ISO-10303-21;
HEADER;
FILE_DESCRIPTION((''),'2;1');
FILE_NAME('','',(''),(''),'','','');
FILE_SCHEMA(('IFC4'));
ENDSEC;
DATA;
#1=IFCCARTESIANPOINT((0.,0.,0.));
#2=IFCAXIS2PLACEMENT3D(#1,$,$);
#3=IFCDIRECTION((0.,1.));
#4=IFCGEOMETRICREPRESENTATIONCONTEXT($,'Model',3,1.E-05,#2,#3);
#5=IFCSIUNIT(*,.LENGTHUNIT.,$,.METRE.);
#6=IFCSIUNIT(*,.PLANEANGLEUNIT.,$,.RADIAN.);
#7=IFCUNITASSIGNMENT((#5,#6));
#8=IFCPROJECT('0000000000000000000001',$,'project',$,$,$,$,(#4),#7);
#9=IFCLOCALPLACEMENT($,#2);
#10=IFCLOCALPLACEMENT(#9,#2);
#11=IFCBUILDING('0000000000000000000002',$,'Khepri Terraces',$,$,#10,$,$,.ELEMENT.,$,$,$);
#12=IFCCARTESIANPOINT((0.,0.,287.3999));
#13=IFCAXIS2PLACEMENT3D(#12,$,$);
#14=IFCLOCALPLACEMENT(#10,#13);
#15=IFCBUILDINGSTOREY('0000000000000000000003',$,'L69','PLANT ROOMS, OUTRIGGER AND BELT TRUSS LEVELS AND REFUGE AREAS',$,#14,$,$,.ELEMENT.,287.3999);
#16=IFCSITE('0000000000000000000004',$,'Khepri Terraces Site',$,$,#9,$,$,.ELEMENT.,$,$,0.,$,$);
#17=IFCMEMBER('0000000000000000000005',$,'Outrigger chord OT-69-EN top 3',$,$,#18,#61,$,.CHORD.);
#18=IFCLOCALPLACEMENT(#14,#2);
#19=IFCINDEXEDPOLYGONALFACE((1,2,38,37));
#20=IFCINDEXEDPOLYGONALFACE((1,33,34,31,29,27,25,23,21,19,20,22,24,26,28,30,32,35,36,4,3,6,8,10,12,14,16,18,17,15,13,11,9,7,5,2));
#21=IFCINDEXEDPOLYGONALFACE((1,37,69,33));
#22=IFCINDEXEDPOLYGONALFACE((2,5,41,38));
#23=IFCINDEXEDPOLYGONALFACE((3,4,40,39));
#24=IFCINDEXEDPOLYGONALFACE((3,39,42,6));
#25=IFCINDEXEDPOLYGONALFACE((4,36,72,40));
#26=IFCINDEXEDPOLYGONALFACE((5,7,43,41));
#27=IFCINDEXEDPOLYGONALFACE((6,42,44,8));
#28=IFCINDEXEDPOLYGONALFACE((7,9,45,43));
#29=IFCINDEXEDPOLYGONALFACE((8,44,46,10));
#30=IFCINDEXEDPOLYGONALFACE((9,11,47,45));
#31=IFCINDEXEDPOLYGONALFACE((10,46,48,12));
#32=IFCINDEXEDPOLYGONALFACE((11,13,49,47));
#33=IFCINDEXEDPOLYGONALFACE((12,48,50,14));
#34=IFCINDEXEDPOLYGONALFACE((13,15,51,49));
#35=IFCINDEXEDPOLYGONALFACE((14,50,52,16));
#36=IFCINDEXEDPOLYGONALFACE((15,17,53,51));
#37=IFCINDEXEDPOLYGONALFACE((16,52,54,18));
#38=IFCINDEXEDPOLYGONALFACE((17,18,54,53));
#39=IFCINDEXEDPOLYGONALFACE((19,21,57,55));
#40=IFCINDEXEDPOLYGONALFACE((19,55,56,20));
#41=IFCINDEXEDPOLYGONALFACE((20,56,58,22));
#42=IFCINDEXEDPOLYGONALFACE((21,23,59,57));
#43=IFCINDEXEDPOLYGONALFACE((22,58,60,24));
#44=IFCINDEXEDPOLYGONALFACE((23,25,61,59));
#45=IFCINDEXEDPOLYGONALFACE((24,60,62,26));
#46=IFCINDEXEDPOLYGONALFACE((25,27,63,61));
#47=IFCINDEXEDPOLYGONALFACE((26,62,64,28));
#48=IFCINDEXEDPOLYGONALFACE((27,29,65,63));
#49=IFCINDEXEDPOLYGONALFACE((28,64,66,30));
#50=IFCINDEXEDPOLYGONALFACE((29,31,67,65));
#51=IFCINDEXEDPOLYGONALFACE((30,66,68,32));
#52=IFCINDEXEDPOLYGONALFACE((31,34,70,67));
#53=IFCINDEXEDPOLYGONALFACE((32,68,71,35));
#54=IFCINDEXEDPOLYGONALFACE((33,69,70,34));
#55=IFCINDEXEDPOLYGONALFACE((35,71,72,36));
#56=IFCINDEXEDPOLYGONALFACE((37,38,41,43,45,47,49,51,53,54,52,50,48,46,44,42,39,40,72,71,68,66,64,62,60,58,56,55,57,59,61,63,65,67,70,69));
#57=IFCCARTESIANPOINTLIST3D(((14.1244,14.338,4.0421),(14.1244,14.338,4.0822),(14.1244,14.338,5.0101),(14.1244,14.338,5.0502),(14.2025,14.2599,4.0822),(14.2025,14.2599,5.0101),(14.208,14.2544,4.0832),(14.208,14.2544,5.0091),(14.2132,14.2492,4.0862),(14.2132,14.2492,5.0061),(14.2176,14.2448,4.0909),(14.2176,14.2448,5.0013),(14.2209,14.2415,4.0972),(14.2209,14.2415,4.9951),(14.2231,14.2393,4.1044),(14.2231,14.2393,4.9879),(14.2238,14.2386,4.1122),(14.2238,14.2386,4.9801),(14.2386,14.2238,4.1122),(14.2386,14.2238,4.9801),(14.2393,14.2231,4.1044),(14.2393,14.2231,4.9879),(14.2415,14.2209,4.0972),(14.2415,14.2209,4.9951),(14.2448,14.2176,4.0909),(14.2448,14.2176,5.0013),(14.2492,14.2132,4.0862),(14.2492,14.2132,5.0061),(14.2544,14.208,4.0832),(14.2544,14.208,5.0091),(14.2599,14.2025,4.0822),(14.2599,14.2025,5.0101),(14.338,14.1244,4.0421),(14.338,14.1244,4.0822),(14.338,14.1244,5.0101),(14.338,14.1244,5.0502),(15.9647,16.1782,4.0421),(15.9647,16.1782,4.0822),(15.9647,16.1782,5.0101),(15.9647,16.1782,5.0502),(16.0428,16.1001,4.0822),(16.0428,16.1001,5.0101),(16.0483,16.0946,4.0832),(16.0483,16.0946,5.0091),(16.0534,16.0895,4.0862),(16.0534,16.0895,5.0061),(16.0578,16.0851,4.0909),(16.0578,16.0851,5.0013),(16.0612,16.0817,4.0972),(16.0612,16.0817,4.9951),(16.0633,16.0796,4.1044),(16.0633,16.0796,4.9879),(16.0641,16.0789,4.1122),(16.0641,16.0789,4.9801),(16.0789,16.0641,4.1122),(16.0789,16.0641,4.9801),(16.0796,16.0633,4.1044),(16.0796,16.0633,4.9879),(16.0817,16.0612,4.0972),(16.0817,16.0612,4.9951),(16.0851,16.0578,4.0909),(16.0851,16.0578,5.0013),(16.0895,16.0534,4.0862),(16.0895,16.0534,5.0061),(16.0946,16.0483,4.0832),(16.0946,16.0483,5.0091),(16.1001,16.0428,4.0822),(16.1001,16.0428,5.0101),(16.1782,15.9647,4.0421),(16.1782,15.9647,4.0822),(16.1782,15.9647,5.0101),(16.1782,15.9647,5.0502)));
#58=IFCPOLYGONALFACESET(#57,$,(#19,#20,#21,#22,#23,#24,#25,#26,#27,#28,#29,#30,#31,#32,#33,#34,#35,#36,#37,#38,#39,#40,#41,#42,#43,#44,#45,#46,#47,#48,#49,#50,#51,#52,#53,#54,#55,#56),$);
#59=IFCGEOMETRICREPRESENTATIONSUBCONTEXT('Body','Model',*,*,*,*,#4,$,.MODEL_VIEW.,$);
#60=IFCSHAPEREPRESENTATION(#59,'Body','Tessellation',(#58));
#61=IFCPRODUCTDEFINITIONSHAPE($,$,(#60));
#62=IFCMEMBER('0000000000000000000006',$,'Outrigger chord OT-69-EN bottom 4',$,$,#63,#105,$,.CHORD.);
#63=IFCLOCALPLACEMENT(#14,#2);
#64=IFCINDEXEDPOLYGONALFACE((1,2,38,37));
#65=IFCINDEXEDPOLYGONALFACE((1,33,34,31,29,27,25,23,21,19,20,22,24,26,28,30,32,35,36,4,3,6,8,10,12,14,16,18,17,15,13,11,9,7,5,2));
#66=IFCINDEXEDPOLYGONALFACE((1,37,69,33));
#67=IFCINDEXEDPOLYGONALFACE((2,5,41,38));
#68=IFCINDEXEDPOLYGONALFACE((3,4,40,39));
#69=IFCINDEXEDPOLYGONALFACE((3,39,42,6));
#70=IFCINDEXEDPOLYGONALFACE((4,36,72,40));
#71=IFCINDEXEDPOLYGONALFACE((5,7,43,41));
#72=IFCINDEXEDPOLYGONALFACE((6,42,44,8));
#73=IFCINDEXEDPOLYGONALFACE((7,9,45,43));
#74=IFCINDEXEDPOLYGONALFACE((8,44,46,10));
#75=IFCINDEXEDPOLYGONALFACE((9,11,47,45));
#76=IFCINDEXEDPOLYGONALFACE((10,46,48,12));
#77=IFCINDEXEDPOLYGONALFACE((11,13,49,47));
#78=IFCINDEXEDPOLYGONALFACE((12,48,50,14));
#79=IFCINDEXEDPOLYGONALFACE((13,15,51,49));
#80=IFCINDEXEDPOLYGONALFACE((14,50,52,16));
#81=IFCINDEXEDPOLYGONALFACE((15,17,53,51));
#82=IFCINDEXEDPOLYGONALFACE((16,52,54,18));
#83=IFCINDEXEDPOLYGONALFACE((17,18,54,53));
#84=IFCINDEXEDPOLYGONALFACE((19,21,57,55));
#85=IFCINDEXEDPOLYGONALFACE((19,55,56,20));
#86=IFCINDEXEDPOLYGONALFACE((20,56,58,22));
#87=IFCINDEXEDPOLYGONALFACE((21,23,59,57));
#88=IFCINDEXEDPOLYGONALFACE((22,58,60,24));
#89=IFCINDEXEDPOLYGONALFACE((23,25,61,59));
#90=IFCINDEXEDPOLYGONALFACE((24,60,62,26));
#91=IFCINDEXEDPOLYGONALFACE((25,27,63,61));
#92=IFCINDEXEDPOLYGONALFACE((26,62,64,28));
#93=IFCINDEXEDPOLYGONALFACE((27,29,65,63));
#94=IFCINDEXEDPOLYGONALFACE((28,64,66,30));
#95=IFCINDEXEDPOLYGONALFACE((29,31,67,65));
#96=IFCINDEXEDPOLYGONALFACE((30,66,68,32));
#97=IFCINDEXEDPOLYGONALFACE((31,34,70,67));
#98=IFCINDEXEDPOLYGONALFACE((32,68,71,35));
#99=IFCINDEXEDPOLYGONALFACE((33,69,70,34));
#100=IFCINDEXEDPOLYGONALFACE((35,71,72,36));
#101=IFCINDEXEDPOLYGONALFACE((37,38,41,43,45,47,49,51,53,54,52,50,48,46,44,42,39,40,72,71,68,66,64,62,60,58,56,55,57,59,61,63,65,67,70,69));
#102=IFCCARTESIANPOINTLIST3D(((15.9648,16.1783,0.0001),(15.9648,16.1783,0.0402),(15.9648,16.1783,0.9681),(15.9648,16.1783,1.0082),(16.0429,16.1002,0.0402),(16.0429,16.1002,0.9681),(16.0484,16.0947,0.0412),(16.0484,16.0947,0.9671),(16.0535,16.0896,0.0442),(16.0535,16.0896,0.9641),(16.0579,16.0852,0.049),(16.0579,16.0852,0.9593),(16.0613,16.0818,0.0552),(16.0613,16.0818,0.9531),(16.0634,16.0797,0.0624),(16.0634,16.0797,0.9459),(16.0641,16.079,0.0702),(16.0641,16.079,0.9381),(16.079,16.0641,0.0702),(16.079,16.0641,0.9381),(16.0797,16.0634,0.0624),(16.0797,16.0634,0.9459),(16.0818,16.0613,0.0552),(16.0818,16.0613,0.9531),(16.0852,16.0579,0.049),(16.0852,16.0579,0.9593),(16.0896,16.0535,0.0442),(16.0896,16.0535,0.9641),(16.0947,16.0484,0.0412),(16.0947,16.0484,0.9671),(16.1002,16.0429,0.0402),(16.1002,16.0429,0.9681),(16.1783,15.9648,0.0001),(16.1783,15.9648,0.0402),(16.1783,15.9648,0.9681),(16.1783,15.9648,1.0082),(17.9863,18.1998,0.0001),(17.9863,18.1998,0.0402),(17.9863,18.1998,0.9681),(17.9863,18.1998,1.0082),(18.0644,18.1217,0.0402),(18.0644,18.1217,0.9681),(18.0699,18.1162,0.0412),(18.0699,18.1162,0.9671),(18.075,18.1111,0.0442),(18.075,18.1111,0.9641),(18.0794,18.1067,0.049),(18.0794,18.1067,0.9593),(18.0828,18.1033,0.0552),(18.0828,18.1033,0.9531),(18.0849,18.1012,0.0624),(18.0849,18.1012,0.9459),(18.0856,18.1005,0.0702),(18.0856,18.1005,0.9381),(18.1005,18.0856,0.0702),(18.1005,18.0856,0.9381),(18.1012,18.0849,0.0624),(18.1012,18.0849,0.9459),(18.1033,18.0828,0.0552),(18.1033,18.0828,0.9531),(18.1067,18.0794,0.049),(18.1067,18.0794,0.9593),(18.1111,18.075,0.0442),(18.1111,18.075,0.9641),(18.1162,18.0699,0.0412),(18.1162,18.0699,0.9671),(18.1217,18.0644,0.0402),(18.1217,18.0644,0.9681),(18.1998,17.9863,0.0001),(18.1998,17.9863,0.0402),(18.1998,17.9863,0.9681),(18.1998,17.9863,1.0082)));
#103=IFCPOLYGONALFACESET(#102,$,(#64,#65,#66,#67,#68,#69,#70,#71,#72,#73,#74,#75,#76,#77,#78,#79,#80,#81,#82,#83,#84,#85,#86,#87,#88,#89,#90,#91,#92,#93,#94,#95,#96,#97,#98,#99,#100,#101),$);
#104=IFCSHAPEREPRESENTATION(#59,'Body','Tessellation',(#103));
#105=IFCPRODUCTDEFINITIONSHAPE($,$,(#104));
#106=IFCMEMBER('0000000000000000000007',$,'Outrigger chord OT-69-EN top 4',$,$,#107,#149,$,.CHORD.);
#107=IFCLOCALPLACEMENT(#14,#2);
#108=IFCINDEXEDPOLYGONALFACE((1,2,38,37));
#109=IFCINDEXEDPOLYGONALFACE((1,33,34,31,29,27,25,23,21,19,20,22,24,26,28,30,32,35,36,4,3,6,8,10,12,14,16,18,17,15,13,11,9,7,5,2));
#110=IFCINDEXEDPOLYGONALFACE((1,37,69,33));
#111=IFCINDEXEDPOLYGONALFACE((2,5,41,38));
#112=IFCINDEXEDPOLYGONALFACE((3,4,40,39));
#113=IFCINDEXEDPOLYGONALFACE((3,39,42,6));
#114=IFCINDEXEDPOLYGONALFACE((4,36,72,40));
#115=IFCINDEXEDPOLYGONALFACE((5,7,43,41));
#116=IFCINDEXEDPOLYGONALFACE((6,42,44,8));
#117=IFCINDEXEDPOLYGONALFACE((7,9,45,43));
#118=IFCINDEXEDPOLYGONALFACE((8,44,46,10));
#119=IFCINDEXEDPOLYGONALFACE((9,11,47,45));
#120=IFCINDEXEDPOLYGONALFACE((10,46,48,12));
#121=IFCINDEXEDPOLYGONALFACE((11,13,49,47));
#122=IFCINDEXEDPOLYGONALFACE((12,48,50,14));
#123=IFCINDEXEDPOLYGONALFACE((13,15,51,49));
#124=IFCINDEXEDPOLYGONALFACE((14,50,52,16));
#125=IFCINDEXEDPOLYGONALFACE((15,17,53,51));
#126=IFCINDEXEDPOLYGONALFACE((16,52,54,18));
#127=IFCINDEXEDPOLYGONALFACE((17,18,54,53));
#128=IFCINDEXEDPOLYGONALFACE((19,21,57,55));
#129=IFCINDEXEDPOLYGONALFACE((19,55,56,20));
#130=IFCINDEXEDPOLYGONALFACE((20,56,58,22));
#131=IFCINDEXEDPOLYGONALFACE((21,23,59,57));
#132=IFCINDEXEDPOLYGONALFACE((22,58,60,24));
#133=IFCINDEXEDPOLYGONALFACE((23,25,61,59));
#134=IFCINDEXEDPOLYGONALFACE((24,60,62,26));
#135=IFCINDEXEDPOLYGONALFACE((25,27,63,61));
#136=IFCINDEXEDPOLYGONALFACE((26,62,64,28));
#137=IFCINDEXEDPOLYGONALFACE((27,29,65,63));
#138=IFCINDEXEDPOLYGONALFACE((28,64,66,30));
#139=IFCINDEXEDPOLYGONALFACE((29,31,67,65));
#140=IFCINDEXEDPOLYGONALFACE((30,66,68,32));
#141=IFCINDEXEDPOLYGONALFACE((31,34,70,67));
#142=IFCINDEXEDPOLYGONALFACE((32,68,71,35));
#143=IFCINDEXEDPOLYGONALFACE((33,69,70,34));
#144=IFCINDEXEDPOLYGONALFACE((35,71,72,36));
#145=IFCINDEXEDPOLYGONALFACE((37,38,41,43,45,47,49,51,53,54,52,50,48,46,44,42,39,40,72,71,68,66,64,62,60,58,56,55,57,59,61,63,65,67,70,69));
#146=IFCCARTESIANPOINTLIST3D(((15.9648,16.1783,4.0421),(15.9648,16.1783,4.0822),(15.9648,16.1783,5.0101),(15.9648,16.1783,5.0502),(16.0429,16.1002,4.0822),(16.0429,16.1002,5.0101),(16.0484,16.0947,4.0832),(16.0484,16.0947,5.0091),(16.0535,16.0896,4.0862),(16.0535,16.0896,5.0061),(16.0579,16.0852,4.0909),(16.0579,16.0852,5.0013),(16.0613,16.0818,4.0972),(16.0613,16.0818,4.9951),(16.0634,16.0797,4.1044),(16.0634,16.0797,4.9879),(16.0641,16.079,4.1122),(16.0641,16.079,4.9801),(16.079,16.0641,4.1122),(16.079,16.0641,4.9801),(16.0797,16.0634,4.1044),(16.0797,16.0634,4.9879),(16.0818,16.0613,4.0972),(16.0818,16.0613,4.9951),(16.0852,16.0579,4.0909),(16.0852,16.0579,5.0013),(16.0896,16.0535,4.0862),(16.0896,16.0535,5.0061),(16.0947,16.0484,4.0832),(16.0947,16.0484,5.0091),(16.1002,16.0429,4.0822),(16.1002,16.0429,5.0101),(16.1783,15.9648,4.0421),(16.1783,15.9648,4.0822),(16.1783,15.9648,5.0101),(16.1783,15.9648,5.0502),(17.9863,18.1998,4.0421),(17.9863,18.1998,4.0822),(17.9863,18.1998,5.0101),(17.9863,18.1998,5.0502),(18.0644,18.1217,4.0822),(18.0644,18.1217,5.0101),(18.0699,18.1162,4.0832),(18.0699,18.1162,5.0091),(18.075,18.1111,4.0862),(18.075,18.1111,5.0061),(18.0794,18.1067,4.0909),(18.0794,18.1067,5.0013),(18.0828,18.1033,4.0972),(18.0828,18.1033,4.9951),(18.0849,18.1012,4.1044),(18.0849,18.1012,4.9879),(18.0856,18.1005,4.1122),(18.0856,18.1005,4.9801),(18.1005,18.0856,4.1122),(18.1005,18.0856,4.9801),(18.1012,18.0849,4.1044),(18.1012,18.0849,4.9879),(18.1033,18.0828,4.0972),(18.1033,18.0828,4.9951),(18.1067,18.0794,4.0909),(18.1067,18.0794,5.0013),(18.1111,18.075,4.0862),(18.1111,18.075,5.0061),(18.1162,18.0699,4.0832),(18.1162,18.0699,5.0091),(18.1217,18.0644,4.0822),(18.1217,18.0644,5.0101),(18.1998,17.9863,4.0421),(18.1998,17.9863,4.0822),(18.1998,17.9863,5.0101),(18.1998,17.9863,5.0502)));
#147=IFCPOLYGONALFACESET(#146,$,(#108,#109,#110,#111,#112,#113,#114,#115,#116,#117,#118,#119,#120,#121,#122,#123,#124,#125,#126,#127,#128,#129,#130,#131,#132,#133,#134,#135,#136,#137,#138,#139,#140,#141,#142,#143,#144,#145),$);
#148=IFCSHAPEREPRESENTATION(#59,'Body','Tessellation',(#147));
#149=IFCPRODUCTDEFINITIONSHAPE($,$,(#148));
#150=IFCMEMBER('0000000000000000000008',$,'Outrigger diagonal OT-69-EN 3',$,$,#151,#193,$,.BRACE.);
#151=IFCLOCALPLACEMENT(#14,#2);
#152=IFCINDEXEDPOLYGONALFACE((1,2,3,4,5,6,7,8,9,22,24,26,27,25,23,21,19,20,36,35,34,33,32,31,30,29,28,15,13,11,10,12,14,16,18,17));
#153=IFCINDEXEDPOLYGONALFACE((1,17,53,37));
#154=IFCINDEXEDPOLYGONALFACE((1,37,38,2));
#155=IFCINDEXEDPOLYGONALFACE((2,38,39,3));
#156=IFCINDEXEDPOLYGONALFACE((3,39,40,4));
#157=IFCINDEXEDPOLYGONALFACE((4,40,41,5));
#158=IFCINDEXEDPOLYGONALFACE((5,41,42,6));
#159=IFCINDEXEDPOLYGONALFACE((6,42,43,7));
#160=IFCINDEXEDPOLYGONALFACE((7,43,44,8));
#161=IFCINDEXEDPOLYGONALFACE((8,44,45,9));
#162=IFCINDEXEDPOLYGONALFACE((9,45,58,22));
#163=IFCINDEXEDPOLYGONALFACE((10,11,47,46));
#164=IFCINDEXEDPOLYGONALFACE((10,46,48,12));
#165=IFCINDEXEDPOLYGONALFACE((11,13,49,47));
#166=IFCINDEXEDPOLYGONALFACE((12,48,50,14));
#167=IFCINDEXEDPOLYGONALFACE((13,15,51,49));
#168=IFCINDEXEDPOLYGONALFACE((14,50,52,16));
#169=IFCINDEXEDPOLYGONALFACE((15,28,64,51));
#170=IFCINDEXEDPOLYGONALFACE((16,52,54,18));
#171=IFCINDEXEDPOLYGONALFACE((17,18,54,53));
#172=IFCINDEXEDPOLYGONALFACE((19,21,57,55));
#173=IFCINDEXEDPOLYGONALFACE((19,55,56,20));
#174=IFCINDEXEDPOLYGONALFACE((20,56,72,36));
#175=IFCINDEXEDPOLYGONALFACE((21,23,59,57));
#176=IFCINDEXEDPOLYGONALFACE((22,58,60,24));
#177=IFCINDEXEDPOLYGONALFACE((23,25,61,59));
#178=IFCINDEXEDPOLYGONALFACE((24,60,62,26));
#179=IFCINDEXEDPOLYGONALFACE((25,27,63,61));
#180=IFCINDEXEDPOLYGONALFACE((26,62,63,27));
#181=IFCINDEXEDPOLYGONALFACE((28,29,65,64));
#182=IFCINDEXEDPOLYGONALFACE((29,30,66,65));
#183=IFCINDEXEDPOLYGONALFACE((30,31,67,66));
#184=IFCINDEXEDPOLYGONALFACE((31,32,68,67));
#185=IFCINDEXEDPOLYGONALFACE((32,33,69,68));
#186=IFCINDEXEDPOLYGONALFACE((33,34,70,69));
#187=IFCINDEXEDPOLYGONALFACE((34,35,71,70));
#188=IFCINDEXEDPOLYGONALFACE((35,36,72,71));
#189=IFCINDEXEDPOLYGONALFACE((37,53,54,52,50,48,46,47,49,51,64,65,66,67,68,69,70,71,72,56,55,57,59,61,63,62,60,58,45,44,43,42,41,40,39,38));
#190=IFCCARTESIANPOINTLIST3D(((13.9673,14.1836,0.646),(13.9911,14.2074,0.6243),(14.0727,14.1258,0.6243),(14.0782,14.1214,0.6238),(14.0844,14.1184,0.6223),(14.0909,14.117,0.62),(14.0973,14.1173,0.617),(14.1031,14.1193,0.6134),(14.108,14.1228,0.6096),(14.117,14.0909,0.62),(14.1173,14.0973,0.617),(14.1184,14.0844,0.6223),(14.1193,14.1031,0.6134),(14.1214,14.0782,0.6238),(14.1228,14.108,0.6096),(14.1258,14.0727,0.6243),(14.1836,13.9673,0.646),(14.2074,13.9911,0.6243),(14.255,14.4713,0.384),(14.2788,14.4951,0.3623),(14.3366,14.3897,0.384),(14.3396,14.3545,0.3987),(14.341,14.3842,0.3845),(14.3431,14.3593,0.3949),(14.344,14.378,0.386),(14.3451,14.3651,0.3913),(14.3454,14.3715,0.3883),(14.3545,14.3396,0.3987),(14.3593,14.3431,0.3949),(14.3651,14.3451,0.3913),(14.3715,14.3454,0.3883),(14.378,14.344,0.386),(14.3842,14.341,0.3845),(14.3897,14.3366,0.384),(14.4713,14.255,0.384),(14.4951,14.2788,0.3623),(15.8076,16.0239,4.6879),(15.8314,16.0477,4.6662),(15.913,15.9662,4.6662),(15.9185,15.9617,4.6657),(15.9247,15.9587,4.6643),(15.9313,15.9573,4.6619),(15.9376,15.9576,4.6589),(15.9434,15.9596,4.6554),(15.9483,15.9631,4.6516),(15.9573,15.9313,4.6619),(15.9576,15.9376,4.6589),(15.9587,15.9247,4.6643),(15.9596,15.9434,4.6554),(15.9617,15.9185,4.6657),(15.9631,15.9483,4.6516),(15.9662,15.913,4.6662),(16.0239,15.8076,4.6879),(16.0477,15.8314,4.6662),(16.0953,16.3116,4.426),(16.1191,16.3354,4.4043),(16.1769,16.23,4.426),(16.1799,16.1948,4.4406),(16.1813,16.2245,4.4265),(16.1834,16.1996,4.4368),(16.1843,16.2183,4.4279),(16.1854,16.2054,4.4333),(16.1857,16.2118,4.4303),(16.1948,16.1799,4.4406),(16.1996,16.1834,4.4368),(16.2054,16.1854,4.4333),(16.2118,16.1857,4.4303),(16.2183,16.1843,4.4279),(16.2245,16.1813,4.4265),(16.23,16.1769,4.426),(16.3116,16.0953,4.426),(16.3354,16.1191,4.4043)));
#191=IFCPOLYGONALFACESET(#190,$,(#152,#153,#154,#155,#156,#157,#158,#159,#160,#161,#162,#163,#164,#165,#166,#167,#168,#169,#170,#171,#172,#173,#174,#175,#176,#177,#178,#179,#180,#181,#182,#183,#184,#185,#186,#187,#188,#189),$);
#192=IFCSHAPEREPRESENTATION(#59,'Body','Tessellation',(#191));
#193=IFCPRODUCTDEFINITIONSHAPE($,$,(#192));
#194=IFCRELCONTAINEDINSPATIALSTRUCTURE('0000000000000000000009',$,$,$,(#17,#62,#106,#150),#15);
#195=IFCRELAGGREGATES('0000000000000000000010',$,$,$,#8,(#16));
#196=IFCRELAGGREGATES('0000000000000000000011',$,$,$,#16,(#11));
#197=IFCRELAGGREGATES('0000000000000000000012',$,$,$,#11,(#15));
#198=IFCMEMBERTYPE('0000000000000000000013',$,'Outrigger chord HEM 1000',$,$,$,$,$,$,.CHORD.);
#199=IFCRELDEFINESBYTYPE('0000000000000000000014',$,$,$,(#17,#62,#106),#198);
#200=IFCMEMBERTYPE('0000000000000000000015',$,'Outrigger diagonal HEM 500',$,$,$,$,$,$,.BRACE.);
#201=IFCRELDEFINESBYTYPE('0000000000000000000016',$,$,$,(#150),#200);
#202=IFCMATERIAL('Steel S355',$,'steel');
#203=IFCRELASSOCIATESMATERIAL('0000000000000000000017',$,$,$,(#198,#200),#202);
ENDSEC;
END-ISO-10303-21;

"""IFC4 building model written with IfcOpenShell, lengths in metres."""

from ifc_helpers import new_model, si_unit, direction, frame, origin, origin_2d, place, context, subcontext, project, spatial, i_section, extrude, material, material_profile, profile_set, type_object, element, save


model = new_model("IFC4")

# Units and contexts
model_context = context("Model", 3, precision=1e-05, world=origin(), true_north=direction((0.0, 1.0)))
body_context = subcontext(model_context, "Body", "Model", "MODEL_VIEW")
ifc_project = project(units=[si_unit("LENGTHUNIT", "METRE"), si_unit("PLANEANGLEUNIT", "RADIAN")], contexts=[model_context])

# Site, building, storey
site_placement = place(None, origin())
site = spatial("IfcSite", under=ifc_project, at=site_placement, Name="Khepri Terraces Site", CompositionType="ELEMENT", RefElevation=0.0)
building_placement = place(site_placement, origin())
building = spatial("IfcBuilding", under=site, at=building_placement, Name="Khepri Terraces", CompositionType="ELEMENT")
storey_placement = place(building_placement, frame((0.0, 0.0, 287.3999)))
storey = spatial("IfcBuildingStorey", under=building, at=storey_placement, Name="L69", Description="PLANT ROOMS, OUTRIGGER AND BELT TRUSS LEVELS AND REFUGE AREAS", CompositionType="ELEMENT", Elevation=287.3999)

# Members
ifc_material_1 = material(Name="Steel S355", Category="steel")
ifc_material_profile_1 = material_profile(ifc_material_1, i_section(OverallWidth=0.302, OverallDepth=1.0081, WebThickness=0.021, FlangeThickness=0.04, FilletRadius=0.03, at=origin_2d()), Name="Steel S355", Category="steel")
ifc_profile_set_1 = profile_set([ifc_material_profile_1], Name="Steel S355")
member_type_1 = type_object("IfcMemberType", Name="Outrigger chord HEM 1000", PredefinedType="CHORD", material=ifc_profile_set_1)
member_1_placement = place(storey_placement, frame((14.2312, 14.2312, 4.5461), z_axis=(0.707107, 0.707107, 0.0), x_axis=(-0.707107, 0.707107, 0.0)))
element("IfcMember", 1, at=member_1_placement, inside=storey, type_object=member_type_1, Name="Outrigger chord OT-69-EN top 3", PredefinedType="CHORD", context=body_context, shape_type="SweptSolid", body=[
    extrude(i_section(OverallWidth=0.302, OverallDepth=1.0081, WebThickness=0.021, FlangeThickness=0.04, FilletRadius=0.03, at=origin_2d()), origin(), (0.0, 0.0, 1.0), 2.6025),
])
for number, where, z_axis, x_axis, name in (
    (2, (16.0715, 16.0715, 0.5042), (0.707107, 0.707107, 0.0), (-0.707107, 0.707107, 0.0), "Outrigger chord OT-69-EN bottom 4"),
    (3, (16.0715, 16.0715, 4.5461), (0.707107, 0.707107, 0.0), (-0.707107, 0.707107, 0.0), "Outrigger chord OT-69-EN top 4"),
):
    element("IfcMember", number, at=place(storey_placement, frame(where, z_axis=z_axis, x_axis=x_axis)), inside=storey, type_object=member_type_1, Name=name, PredefinedType="CHORD", context=body_context, shape_type="SweptSolid", body=[
        extrude(i_section(OverallWidth=0.302, OverallDepth=1.0081, WebThickness=0.021, FlangeThickness=0.04, FilletRadius=0.03, at=origin_2d()), origin(), (0.0, 0.0, 1.0), 2.8589),
    ])
ifc_material_profile_2 = material_profile(ifc_material_1, i_section(OverallWidth=0.3059, OverallDepth=0.5239, WebThickness=0.021, FlangeThickness=0.04, FilletRadius=0.0271, at=origin_2d()), Name="Steel S355", Category="steel")
ifc_profile_set_2 = profile_set([ifc_material_profile_2], Name="Steel S355")
member_type_2 = type_object("IfcMemberType", Name="Outrigger diagonal HEM 500", PredefinedType="BRACE", material=ifc_profile_set_2)
member_2_placement = place(storey_placement, frame((14.2312, 14.2312, 0.5042), z_axis=(0.38281, 0.38281, 0.840781), x_axis=(-0.707107, 0.707107, 0.0)))
element("IfcMember", 4, at=member_2_placement, inside=storey, type_object=member_type_2, Name="Outrigger diagonal OT-69-EN 3", PredefinedType="BRACE", context=body_context, shape_type="SweptSolid", body=[
    extrude(i_section(OverallWidth=0.3059, OverallDepth=0.5239, WebThickness=0.021, FlangeThickness=0.04, FilletRadius=0.0271, at=origin_2d()), origin(), (0.0, 0.0, 1.0), 4.8074),
])

save(model, "model.ifc")
